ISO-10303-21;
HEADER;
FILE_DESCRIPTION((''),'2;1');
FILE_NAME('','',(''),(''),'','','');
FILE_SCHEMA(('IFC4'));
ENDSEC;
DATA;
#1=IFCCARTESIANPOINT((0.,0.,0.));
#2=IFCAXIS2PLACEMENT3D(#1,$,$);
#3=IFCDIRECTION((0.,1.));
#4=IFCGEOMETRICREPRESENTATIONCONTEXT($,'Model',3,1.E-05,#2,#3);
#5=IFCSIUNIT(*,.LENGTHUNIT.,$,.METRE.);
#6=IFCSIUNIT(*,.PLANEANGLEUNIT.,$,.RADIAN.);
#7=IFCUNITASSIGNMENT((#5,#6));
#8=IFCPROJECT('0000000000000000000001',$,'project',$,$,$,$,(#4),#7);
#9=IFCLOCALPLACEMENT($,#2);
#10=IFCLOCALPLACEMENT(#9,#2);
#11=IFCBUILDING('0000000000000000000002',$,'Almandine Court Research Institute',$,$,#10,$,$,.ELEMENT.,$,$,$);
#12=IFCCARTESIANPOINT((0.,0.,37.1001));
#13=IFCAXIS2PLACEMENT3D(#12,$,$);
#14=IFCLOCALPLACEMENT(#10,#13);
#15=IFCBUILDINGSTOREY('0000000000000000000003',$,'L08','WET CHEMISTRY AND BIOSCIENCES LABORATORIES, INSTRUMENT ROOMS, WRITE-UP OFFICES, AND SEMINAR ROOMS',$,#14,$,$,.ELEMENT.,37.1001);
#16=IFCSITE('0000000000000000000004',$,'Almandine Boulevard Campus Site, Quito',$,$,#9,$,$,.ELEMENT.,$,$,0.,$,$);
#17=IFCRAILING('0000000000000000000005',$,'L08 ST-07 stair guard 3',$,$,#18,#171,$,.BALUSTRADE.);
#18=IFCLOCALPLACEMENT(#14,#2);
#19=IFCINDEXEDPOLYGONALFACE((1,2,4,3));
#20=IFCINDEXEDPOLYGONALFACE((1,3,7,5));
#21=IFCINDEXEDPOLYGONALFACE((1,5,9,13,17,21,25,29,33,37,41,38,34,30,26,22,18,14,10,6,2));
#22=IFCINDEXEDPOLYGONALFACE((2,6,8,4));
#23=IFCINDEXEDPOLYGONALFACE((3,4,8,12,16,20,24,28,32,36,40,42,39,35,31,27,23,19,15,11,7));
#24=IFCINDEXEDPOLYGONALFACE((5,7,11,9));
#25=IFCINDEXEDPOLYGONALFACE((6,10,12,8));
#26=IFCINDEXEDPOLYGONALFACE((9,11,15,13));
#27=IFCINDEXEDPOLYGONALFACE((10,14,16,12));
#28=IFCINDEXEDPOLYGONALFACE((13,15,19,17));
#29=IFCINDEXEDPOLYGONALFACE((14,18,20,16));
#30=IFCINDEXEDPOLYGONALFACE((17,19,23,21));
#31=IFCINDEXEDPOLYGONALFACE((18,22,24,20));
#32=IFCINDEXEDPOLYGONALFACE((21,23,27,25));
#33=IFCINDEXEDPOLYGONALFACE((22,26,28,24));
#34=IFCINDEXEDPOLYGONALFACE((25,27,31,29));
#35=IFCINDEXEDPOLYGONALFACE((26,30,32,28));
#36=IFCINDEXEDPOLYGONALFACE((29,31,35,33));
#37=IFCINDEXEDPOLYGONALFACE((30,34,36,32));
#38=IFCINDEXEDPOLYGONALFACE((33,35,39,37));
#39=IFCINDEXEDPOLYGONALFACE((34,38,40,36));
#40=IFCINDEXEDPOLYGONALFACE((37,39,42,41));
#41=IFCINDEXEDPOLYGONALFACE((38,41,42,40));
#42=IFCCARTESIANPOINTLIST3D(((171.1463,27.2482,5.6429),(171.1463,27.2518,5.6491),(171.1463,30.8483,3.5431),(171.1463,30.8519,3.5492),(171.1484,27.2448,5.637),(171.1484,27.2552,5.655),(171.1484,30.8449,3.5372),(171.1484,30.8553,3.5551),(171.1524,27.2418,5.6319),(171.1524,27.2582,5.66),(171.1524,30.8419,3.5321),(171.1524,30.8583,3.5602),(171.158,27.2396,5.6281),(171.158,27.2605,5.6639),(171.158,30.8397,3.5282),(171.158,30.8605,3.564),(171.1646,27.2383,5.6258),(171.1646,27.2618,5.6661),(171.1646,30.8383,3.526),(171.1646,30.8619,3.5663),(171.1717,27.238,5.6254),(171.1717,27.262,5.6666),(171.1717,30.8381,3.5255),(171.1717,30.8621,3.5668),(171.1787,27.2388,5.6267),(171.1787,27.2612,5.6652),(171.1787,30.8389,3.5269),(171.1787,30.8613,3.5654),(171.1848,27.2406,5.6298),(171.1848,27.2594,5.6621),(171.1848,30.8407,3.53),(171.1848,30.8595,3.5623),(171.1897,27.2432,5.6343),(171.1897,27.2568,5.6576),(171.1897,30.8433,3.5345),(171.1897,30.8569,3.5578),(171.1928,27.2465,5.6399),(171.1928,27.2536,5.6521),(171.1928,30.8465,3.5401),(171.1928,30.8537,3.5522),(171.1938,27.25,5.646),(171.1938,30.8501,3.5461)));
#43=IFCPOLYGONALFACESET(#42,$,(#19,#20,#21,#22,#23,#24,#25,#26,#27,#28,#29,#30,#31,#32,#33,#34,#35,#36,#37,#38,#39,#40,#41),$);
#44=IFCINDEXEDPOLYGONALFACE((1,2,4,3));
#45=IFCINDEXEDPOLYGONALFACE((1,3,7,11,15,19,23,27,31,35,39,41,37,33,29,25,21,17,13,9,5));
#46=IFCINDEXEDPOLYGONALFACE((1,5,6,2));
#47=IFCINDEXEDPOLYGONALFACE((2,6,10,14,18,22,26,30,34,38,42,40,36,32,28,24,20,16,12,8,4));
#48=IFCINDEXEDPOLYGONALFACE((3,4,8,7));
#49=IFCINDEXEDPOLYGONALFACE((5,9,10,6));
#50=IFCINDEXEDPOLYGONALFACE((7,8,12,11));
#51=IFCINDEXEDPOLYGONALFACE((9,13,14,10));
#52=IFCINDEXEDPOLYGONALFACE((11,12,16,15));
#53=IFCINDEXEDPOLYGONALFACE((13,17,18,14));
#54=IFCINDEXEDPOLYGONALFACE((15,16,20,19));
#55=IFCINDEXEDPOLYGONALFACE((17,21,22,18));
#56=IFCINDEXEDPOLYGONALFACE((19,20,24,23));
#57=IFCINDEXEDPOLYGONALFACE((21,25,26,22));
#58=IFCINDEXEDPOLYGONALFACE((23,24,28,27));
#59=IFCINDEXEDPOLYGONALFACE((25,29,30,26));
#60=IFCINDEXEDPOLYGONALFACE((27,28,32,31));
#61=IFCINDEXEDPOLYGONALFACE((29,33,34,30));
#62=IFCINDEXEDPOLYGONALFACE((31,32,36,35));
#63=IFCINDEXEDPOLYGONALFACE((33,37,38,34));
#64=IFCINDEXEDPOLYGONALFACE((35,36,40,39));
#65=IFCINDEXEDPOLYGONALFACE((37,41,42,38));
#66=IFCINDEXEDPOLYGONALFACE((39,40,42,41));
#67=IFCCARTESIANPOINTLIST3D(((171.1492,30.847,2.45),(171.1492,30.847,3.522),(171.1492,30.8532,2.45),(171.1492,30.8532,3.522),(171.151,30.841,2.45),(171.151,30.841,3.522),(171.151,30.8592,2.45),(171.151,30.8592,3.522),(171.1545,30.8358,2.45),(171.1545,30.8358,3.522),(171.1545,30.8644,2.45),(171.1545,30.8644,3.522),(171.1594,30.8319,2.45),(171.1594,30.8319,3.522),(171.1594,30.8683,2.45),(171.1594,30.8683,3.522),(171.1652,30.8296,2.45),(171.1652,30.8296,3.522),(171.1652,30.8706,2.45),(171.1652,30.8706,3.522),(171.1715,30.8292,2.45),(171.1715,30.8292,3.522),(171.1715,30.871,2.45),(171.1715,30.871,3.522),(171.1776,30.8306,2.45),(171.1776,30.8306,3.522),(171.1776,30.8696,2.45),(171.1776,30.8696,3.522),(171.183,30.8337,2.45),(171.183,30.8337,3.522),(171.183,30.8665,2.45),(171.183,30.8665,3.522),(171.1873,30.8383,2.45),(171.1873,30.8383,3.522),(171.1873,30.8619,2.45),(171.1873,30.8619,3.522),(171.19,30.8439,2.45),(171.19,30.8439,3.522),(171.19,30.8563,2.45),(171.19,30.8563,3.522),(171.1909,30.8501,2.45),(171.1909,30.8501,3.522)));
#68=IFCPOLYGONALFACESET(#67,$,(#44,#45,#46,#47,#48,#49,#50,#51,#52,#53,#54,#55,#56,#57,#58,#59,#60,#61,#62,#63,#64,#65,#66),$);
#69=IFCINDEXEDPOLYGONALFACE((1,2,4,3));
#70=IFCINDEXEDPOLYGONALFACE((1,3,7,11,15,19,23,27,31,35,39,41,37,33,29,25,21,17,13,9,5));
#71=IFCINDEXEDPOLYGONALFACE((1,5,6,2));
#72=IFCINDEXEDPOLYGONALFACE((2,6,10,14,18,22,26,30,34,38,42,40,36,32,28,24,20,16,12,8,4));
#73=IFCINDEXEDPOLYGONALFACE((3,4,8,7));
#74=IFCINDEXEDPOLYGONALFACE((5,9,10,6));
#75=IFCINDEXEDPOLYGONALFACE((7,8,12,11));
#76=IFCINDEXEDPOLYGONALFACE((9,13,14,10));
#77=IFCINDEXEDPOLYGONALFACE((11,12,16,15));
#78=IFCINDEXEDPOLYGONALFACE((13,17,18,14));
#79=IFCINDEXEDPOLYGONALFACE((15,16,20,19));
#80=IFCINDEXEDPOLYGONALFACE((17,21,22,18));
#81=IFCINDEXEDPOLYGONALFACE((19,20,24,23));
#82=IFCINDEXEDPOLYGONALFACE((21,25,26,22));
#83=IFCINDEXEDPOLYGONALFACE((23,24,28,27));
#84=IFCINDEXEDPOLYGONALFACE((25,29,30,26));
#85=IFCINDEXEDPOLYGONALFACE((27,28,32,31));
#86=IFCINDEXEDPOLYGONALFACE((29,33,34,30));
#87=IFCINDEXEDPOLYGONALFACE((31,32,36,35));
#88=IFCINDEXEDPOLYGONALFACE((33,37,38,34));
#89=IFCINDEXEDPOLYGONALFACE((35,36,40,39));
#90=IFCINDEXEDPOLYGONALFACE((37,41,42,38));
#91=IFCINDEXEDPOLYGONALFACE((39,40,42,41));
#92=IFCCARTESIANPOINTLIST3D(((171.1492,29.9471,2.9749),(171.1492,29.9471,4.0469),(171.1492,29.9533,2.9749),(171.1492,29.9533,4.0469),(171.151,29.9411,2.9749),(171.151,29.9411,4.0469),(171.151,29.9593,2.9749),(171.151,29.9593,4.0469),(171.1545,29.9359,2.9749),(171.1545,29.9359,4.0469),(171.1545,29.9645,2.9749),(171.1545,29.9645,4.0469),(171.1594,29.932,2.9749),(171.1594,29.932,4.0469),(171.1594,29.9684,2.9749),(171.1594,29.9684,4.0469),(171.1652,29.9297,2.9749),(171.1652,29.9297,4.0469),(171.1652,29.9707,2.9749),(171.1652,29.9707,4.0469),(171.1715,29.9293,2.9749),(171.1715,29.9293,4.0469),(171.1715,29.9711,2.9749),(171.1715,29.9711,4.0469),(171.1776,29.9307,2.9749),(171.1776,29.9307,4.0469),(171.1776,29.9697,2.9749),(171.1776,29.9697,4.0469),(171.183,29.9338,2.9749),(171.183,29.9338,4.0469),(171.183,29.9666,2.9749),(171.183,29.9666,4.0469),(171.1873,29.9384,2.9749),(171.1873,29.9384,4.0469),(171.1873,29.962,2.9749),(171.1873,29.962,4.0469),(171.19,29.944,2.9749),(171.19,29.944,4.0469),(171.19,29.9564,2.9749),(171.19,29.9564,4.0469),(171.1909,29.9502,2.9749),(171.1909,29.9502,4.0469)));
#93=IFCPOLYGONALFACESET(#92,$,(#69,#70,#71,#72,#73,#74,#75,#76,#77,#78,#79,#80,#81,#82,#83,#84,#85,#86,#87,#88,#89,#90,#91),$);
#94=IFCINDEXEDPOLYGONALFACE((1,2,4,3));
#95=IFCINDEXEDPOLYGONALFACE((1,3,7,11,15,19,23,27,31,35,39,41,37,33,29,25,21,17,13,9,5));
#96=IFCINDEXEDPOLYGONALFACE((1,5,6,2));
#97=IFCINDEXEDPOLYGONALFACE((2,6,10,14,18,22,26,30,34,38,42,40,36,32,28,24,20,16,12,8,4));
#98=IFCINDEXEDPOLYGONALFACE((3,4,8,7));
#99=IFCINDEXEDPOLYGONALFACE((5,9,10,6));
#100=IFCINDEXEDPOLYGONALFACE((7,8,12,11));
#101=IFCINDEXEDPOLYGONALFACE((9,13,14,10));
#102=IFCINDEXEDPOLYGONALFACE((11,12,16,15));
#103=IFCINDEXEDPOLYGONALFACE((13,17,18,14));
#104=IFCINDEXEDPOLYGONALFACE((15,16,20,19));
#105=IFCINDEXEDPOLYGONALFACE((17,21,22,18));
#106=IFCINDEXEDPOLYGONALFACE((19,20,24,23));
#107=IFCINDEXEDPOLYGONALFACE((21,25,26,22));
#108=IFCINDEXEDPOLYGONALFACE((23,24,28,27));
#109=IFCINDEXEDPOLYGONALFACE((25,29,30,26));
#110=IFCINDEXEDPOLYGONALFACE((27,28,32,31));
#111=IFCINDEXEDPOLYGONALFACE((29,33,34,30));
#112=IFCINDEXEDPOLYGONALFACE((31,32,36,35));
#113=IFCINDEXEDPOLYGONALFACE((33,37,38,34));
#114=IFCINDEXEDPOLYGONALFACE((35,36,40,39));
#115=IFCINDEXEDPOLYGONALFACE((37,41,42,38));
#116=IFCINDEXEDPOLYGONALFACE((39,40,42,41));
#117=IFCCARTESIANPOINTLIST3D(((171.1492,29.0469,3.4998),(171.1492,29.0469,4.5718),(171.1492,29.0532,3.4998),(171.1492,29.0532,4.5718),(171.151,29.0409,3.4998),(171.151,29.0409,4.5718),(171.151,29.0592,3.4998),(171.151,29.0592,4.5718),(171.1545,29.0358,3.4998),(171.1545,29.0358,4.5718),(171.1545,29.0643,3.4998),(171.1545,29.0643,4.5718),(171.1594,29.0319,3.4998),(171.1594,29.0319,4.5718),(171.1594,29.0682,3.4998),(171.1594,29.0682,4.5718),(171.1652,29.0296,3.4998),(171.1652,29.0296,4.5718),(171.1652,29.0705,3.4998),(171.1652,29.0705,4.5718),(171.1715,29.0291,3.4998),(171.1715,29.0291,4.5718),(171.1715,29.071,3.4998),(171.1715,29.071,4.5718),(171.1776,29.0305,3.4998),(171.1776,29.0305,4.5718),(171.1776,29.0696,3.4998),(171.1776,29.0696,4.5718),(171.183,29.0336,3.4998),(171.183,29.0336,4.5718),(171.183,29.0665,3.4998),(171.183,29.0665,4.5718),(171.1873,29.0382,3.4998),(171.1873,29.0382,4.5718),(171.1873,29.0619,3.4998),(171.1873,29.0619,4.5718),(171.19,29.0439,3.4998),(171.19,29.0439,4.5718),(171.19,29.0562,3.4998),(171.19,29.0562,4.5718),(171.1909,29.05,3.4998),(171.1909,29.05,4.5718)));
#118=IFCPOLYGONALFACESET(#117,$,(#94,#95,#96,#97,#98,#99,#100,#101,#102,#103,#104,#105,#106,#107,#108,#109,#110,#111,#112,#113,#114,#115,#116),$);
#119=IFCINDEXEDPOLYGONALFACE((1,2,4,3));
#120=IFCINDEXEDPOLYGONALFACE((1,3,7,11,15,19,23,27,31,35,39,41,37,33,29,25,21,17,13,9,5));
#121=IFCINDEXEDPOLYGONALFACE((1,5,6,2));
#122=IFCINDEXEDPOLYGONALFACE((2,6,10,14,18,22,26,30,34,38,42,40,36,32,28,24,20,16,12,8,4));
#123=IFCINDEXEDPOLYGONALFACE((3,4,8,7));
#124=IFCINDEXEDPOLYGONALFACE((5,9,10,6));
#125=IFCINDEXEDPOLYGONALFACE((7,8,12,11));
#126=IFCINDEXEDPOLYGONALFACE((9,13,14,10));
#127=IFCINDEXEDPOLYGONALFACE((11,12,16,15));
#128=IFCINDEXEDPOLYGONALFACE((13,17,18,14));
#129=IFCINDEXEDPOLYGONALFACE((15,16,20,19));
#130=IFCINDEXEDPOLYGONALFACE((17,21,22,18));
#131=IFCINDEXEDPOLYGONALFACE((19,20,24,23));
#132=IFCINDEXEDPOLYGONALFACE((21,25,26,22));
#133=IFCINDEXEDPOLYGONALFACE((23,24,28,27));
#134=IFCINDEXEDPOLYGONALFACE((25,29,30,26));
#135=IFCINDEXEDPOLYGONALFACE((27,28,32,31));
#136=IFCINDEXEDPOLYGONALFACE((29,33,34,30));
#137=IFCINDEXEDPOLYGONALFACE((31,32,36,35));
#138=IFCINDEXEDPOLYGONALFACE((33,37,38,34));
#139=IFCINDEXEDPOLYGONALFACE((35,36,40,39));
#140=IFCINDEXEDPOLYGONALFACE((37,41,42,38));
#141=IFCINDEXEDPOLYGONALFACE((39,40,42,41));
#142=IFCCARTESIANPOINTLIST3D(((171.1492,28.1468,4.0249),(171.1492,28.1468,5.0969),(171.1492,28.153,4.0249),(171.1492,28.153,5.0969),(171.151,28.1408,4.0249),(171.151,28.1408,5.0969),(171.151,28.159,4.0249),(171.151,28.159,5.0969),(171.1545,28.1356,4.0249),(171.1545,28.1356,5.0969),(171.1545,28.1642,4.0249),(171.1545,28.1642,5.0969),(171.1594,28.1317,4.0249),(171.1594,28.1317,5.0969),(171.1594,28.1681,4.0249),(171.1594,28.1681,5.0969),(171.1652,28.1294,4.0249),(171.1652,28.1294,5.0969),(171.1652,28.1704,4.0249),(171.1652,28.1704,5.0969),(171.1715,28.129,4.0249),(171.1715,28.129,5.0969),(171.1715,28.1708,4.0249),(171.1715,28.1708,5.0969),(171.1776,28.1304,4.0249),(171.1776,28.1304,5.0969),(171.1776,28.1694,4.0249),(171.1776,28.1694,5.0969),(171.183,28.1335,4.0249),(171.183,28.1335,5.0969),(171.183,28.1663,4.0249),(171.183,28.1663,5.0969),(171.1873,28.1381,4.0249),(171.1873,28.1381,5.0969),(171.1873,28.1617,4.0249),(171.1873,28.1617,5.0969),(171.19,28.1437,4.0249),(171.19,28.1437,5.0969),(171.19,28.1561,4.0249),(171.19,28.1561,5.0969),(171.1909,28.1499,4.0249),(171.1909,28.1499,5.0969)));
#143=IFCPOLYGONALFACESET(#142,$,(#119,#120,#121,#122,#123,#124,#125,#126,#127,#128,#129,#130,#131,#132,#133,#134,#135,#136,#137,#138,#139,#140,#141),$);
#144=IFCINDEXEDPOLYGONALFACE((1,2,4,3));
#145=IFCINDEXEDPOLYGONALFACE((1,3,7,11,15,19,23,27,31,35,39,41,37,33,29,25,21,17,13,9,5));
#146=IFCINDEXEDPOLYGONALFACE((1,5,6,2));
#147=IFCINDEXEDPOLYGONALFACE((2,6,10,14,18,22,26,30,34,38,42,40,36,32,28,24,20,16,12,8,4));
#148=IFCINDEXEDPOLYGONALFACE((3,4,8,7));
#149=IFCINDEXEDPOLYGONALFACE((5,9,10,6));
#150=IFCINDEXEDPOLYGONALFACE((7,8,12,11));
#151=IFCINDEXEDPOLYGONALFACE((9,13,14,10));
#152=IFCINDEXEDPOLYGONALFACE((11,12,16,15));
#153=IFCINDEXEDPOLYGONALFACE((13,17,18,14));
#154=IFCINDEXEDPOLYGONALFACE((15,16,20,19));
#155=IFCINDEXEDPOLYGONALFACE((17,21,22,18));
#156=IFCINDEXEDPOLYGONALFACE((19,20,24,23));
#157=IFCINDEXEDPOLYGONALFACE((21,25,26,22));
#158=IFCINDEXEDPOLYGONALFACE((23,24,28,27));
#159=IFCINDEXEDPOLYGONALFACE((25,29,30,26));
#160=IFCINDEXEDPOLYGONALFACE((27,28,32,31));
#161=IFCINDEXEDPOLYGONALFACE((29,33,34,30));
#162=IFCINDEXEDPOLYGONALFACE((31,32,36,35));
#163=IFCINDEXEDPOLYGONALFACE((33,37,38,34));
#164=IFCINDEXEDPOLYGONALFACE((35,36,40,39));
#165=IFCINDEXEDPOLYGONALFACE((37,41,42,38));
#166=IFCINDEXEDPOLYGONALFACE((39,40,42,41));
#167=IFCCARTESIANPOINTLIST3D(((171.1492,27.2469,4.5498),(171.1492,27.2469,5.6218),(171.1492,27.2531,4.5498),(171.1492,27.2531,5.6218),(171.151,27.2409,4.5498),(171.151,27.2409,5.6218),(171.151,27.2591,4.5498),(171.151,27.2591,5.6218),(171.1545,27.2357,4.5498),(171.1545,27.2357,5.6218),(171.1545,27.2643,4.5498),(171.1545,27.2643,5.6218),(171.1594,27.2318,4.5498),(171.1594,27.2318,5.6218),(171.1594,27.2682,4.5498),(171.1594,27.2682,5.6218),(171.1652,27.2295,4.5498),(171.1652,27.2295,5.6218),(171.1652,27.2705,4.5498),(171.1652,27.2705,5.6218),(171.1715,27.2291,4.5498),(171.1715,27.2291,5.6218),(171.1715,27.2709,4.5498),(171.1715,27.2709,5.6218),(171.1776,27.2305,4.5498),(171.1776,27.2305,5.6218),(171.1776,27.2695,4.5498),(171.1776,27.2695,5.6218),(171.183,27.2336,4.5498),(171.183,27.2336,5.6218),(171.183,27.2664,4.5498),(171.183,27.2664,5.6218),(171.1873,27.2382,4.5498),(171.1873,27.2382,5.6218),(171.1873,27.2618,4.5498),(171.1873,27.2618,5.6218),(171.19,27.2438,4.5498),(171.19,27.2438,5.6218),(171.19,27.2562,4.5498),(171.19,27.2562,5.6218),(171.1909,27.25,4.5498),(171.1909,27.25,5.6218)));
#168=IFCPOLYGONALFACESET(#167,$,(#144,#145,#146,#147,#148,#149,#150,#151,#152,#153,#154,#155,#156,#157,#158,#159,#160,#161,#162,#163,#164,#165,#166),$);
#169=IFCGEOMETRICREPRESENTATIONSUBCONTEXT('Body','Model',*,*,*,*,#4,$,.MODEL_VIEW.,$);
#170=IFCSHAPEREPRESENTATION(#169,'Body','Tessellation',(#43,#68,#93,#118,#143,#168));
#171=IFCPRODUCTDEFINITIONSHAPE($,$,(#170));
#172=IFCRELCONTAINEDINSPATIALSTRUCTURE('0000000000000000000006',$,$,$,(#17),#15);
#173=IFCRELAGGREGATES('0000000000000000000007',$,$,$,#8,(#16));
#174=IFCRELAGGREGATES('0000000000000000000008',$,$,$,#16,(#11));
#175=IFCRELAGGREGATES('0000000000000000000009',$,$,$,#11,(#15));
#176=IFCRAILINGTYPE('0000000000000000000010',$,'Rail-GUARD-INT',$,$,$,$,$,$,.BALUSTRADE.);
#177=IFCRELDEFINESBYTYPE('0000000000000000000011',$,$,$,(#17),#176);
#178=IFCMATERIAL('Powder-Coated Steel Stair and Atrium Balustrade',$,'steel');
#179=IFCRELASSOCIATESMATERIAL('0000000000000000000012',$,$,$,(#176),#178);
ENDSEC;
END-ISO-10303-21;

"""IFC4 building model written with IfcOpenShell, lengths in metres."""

from ifc_helpers import new_model, si_unit, direction, frame, origin, origin_2d, place, context, subcontext, project, spatial, circle, extrude, material, type_object, element, save


model = new_model("IFC4")

# Units and contexts
model_context = context("Model", 3, precision=1e-05, world=origin(), true_north=direction((0.0, 1.0)))
body_context = subcontext(model_context, "Body", "Model", "MODEL_VIEW")
ifc_project = project(units=[si_unit("LENGTHUNIT", "METRE"), si_unit("PLANEANGLEUNIT", "RADIAN")], contexts=[model_context])

# Site, building, storey
site_placement = place(None, origin())
site = spatial("IfcSite", under=ifc_project, at=site_placement, Name="Almandine Boulevard Campus Site, Quito", CompositionType="ELEMENT", RefElevation=0.0)
building_placement = place(site_placement, origin())
building = spatial("IfcBuilding", under=site, at=building_placement, Name="Almandine Court Research Institute", CompositionType="ELEMENT")
storey_placement = place(building_placement, frame((0.0, 0.0, 37.1001)))
storey = spatial("IfcBuildingStorey", under=building, at=storey_placement, Name="L08", Description="WET CHEMISTRY AND BIOSCIENCES LABORATORIES, INSTRUMENT ROOMS, WRITE-UP OFFICES, AND SEMINAR ROOMS", CompositionType="ELEMENT", Elevation=37.1001)

# Railing
ifc_material_1 = material(Name="Powder-Coated Steel Stair and Atrium Balustrade", Category="steel")
railing_type_1 = type_object("IfcRailingType", Name="Rail-GUARD-INT", PredefinedType="BALUSTRADE", material=ifc_material_1)
railing_1_placement = place(storey_placement, frame((171.1699, 30.8501, 2.45)))
element("IfcRailing", 1, at=railing_1_placement, inside=storey, type_object=railing_type_1, Name="L08 ST-07 stair guard 3", PredefinedType="BALUSTRADE", context=body_context, shape_type="SweptSolid", body=[
    extrude(circle(Radius=0.0239, at=origin_2d()), frame((0.0, 0.0, 1.0962), z_axis=(0.0, -0.8638, 0.503835), x_axis=(1.0, 0.0, 0.0)), (0.0, 0.0, 1.0), 4.1677),
    extrude(circle(Radius=0.021, at=origin_2d()), origin(), (0.0, 0.0, 1.0), 1.072),
    extrude(circle(Radius=0.021, at=origin_2d()), frame((0.0, -0.8999, 0.5249)), (0.0, 0.0, 1.0), 1.072),
    extrude(circle(Radius=0.021, at=origin_2d()), frame((0.0, -1.8, 1.0498)), (0.0, 0.0, 1.0), 1.072),
    extrude(circle(Radius=0.021, at=origin_2d()), frame((0.0, -2.7002, 1.575)), (0.0, 0.0, 1.0), 1.072),
    extrude(circle(Radius=0.021, at=origin_2d()), frame((0.0, -3.6001, 2.0999)), (0.0, 0.0, 1.0), 1.072),
])

save(model, "model.ifc")
